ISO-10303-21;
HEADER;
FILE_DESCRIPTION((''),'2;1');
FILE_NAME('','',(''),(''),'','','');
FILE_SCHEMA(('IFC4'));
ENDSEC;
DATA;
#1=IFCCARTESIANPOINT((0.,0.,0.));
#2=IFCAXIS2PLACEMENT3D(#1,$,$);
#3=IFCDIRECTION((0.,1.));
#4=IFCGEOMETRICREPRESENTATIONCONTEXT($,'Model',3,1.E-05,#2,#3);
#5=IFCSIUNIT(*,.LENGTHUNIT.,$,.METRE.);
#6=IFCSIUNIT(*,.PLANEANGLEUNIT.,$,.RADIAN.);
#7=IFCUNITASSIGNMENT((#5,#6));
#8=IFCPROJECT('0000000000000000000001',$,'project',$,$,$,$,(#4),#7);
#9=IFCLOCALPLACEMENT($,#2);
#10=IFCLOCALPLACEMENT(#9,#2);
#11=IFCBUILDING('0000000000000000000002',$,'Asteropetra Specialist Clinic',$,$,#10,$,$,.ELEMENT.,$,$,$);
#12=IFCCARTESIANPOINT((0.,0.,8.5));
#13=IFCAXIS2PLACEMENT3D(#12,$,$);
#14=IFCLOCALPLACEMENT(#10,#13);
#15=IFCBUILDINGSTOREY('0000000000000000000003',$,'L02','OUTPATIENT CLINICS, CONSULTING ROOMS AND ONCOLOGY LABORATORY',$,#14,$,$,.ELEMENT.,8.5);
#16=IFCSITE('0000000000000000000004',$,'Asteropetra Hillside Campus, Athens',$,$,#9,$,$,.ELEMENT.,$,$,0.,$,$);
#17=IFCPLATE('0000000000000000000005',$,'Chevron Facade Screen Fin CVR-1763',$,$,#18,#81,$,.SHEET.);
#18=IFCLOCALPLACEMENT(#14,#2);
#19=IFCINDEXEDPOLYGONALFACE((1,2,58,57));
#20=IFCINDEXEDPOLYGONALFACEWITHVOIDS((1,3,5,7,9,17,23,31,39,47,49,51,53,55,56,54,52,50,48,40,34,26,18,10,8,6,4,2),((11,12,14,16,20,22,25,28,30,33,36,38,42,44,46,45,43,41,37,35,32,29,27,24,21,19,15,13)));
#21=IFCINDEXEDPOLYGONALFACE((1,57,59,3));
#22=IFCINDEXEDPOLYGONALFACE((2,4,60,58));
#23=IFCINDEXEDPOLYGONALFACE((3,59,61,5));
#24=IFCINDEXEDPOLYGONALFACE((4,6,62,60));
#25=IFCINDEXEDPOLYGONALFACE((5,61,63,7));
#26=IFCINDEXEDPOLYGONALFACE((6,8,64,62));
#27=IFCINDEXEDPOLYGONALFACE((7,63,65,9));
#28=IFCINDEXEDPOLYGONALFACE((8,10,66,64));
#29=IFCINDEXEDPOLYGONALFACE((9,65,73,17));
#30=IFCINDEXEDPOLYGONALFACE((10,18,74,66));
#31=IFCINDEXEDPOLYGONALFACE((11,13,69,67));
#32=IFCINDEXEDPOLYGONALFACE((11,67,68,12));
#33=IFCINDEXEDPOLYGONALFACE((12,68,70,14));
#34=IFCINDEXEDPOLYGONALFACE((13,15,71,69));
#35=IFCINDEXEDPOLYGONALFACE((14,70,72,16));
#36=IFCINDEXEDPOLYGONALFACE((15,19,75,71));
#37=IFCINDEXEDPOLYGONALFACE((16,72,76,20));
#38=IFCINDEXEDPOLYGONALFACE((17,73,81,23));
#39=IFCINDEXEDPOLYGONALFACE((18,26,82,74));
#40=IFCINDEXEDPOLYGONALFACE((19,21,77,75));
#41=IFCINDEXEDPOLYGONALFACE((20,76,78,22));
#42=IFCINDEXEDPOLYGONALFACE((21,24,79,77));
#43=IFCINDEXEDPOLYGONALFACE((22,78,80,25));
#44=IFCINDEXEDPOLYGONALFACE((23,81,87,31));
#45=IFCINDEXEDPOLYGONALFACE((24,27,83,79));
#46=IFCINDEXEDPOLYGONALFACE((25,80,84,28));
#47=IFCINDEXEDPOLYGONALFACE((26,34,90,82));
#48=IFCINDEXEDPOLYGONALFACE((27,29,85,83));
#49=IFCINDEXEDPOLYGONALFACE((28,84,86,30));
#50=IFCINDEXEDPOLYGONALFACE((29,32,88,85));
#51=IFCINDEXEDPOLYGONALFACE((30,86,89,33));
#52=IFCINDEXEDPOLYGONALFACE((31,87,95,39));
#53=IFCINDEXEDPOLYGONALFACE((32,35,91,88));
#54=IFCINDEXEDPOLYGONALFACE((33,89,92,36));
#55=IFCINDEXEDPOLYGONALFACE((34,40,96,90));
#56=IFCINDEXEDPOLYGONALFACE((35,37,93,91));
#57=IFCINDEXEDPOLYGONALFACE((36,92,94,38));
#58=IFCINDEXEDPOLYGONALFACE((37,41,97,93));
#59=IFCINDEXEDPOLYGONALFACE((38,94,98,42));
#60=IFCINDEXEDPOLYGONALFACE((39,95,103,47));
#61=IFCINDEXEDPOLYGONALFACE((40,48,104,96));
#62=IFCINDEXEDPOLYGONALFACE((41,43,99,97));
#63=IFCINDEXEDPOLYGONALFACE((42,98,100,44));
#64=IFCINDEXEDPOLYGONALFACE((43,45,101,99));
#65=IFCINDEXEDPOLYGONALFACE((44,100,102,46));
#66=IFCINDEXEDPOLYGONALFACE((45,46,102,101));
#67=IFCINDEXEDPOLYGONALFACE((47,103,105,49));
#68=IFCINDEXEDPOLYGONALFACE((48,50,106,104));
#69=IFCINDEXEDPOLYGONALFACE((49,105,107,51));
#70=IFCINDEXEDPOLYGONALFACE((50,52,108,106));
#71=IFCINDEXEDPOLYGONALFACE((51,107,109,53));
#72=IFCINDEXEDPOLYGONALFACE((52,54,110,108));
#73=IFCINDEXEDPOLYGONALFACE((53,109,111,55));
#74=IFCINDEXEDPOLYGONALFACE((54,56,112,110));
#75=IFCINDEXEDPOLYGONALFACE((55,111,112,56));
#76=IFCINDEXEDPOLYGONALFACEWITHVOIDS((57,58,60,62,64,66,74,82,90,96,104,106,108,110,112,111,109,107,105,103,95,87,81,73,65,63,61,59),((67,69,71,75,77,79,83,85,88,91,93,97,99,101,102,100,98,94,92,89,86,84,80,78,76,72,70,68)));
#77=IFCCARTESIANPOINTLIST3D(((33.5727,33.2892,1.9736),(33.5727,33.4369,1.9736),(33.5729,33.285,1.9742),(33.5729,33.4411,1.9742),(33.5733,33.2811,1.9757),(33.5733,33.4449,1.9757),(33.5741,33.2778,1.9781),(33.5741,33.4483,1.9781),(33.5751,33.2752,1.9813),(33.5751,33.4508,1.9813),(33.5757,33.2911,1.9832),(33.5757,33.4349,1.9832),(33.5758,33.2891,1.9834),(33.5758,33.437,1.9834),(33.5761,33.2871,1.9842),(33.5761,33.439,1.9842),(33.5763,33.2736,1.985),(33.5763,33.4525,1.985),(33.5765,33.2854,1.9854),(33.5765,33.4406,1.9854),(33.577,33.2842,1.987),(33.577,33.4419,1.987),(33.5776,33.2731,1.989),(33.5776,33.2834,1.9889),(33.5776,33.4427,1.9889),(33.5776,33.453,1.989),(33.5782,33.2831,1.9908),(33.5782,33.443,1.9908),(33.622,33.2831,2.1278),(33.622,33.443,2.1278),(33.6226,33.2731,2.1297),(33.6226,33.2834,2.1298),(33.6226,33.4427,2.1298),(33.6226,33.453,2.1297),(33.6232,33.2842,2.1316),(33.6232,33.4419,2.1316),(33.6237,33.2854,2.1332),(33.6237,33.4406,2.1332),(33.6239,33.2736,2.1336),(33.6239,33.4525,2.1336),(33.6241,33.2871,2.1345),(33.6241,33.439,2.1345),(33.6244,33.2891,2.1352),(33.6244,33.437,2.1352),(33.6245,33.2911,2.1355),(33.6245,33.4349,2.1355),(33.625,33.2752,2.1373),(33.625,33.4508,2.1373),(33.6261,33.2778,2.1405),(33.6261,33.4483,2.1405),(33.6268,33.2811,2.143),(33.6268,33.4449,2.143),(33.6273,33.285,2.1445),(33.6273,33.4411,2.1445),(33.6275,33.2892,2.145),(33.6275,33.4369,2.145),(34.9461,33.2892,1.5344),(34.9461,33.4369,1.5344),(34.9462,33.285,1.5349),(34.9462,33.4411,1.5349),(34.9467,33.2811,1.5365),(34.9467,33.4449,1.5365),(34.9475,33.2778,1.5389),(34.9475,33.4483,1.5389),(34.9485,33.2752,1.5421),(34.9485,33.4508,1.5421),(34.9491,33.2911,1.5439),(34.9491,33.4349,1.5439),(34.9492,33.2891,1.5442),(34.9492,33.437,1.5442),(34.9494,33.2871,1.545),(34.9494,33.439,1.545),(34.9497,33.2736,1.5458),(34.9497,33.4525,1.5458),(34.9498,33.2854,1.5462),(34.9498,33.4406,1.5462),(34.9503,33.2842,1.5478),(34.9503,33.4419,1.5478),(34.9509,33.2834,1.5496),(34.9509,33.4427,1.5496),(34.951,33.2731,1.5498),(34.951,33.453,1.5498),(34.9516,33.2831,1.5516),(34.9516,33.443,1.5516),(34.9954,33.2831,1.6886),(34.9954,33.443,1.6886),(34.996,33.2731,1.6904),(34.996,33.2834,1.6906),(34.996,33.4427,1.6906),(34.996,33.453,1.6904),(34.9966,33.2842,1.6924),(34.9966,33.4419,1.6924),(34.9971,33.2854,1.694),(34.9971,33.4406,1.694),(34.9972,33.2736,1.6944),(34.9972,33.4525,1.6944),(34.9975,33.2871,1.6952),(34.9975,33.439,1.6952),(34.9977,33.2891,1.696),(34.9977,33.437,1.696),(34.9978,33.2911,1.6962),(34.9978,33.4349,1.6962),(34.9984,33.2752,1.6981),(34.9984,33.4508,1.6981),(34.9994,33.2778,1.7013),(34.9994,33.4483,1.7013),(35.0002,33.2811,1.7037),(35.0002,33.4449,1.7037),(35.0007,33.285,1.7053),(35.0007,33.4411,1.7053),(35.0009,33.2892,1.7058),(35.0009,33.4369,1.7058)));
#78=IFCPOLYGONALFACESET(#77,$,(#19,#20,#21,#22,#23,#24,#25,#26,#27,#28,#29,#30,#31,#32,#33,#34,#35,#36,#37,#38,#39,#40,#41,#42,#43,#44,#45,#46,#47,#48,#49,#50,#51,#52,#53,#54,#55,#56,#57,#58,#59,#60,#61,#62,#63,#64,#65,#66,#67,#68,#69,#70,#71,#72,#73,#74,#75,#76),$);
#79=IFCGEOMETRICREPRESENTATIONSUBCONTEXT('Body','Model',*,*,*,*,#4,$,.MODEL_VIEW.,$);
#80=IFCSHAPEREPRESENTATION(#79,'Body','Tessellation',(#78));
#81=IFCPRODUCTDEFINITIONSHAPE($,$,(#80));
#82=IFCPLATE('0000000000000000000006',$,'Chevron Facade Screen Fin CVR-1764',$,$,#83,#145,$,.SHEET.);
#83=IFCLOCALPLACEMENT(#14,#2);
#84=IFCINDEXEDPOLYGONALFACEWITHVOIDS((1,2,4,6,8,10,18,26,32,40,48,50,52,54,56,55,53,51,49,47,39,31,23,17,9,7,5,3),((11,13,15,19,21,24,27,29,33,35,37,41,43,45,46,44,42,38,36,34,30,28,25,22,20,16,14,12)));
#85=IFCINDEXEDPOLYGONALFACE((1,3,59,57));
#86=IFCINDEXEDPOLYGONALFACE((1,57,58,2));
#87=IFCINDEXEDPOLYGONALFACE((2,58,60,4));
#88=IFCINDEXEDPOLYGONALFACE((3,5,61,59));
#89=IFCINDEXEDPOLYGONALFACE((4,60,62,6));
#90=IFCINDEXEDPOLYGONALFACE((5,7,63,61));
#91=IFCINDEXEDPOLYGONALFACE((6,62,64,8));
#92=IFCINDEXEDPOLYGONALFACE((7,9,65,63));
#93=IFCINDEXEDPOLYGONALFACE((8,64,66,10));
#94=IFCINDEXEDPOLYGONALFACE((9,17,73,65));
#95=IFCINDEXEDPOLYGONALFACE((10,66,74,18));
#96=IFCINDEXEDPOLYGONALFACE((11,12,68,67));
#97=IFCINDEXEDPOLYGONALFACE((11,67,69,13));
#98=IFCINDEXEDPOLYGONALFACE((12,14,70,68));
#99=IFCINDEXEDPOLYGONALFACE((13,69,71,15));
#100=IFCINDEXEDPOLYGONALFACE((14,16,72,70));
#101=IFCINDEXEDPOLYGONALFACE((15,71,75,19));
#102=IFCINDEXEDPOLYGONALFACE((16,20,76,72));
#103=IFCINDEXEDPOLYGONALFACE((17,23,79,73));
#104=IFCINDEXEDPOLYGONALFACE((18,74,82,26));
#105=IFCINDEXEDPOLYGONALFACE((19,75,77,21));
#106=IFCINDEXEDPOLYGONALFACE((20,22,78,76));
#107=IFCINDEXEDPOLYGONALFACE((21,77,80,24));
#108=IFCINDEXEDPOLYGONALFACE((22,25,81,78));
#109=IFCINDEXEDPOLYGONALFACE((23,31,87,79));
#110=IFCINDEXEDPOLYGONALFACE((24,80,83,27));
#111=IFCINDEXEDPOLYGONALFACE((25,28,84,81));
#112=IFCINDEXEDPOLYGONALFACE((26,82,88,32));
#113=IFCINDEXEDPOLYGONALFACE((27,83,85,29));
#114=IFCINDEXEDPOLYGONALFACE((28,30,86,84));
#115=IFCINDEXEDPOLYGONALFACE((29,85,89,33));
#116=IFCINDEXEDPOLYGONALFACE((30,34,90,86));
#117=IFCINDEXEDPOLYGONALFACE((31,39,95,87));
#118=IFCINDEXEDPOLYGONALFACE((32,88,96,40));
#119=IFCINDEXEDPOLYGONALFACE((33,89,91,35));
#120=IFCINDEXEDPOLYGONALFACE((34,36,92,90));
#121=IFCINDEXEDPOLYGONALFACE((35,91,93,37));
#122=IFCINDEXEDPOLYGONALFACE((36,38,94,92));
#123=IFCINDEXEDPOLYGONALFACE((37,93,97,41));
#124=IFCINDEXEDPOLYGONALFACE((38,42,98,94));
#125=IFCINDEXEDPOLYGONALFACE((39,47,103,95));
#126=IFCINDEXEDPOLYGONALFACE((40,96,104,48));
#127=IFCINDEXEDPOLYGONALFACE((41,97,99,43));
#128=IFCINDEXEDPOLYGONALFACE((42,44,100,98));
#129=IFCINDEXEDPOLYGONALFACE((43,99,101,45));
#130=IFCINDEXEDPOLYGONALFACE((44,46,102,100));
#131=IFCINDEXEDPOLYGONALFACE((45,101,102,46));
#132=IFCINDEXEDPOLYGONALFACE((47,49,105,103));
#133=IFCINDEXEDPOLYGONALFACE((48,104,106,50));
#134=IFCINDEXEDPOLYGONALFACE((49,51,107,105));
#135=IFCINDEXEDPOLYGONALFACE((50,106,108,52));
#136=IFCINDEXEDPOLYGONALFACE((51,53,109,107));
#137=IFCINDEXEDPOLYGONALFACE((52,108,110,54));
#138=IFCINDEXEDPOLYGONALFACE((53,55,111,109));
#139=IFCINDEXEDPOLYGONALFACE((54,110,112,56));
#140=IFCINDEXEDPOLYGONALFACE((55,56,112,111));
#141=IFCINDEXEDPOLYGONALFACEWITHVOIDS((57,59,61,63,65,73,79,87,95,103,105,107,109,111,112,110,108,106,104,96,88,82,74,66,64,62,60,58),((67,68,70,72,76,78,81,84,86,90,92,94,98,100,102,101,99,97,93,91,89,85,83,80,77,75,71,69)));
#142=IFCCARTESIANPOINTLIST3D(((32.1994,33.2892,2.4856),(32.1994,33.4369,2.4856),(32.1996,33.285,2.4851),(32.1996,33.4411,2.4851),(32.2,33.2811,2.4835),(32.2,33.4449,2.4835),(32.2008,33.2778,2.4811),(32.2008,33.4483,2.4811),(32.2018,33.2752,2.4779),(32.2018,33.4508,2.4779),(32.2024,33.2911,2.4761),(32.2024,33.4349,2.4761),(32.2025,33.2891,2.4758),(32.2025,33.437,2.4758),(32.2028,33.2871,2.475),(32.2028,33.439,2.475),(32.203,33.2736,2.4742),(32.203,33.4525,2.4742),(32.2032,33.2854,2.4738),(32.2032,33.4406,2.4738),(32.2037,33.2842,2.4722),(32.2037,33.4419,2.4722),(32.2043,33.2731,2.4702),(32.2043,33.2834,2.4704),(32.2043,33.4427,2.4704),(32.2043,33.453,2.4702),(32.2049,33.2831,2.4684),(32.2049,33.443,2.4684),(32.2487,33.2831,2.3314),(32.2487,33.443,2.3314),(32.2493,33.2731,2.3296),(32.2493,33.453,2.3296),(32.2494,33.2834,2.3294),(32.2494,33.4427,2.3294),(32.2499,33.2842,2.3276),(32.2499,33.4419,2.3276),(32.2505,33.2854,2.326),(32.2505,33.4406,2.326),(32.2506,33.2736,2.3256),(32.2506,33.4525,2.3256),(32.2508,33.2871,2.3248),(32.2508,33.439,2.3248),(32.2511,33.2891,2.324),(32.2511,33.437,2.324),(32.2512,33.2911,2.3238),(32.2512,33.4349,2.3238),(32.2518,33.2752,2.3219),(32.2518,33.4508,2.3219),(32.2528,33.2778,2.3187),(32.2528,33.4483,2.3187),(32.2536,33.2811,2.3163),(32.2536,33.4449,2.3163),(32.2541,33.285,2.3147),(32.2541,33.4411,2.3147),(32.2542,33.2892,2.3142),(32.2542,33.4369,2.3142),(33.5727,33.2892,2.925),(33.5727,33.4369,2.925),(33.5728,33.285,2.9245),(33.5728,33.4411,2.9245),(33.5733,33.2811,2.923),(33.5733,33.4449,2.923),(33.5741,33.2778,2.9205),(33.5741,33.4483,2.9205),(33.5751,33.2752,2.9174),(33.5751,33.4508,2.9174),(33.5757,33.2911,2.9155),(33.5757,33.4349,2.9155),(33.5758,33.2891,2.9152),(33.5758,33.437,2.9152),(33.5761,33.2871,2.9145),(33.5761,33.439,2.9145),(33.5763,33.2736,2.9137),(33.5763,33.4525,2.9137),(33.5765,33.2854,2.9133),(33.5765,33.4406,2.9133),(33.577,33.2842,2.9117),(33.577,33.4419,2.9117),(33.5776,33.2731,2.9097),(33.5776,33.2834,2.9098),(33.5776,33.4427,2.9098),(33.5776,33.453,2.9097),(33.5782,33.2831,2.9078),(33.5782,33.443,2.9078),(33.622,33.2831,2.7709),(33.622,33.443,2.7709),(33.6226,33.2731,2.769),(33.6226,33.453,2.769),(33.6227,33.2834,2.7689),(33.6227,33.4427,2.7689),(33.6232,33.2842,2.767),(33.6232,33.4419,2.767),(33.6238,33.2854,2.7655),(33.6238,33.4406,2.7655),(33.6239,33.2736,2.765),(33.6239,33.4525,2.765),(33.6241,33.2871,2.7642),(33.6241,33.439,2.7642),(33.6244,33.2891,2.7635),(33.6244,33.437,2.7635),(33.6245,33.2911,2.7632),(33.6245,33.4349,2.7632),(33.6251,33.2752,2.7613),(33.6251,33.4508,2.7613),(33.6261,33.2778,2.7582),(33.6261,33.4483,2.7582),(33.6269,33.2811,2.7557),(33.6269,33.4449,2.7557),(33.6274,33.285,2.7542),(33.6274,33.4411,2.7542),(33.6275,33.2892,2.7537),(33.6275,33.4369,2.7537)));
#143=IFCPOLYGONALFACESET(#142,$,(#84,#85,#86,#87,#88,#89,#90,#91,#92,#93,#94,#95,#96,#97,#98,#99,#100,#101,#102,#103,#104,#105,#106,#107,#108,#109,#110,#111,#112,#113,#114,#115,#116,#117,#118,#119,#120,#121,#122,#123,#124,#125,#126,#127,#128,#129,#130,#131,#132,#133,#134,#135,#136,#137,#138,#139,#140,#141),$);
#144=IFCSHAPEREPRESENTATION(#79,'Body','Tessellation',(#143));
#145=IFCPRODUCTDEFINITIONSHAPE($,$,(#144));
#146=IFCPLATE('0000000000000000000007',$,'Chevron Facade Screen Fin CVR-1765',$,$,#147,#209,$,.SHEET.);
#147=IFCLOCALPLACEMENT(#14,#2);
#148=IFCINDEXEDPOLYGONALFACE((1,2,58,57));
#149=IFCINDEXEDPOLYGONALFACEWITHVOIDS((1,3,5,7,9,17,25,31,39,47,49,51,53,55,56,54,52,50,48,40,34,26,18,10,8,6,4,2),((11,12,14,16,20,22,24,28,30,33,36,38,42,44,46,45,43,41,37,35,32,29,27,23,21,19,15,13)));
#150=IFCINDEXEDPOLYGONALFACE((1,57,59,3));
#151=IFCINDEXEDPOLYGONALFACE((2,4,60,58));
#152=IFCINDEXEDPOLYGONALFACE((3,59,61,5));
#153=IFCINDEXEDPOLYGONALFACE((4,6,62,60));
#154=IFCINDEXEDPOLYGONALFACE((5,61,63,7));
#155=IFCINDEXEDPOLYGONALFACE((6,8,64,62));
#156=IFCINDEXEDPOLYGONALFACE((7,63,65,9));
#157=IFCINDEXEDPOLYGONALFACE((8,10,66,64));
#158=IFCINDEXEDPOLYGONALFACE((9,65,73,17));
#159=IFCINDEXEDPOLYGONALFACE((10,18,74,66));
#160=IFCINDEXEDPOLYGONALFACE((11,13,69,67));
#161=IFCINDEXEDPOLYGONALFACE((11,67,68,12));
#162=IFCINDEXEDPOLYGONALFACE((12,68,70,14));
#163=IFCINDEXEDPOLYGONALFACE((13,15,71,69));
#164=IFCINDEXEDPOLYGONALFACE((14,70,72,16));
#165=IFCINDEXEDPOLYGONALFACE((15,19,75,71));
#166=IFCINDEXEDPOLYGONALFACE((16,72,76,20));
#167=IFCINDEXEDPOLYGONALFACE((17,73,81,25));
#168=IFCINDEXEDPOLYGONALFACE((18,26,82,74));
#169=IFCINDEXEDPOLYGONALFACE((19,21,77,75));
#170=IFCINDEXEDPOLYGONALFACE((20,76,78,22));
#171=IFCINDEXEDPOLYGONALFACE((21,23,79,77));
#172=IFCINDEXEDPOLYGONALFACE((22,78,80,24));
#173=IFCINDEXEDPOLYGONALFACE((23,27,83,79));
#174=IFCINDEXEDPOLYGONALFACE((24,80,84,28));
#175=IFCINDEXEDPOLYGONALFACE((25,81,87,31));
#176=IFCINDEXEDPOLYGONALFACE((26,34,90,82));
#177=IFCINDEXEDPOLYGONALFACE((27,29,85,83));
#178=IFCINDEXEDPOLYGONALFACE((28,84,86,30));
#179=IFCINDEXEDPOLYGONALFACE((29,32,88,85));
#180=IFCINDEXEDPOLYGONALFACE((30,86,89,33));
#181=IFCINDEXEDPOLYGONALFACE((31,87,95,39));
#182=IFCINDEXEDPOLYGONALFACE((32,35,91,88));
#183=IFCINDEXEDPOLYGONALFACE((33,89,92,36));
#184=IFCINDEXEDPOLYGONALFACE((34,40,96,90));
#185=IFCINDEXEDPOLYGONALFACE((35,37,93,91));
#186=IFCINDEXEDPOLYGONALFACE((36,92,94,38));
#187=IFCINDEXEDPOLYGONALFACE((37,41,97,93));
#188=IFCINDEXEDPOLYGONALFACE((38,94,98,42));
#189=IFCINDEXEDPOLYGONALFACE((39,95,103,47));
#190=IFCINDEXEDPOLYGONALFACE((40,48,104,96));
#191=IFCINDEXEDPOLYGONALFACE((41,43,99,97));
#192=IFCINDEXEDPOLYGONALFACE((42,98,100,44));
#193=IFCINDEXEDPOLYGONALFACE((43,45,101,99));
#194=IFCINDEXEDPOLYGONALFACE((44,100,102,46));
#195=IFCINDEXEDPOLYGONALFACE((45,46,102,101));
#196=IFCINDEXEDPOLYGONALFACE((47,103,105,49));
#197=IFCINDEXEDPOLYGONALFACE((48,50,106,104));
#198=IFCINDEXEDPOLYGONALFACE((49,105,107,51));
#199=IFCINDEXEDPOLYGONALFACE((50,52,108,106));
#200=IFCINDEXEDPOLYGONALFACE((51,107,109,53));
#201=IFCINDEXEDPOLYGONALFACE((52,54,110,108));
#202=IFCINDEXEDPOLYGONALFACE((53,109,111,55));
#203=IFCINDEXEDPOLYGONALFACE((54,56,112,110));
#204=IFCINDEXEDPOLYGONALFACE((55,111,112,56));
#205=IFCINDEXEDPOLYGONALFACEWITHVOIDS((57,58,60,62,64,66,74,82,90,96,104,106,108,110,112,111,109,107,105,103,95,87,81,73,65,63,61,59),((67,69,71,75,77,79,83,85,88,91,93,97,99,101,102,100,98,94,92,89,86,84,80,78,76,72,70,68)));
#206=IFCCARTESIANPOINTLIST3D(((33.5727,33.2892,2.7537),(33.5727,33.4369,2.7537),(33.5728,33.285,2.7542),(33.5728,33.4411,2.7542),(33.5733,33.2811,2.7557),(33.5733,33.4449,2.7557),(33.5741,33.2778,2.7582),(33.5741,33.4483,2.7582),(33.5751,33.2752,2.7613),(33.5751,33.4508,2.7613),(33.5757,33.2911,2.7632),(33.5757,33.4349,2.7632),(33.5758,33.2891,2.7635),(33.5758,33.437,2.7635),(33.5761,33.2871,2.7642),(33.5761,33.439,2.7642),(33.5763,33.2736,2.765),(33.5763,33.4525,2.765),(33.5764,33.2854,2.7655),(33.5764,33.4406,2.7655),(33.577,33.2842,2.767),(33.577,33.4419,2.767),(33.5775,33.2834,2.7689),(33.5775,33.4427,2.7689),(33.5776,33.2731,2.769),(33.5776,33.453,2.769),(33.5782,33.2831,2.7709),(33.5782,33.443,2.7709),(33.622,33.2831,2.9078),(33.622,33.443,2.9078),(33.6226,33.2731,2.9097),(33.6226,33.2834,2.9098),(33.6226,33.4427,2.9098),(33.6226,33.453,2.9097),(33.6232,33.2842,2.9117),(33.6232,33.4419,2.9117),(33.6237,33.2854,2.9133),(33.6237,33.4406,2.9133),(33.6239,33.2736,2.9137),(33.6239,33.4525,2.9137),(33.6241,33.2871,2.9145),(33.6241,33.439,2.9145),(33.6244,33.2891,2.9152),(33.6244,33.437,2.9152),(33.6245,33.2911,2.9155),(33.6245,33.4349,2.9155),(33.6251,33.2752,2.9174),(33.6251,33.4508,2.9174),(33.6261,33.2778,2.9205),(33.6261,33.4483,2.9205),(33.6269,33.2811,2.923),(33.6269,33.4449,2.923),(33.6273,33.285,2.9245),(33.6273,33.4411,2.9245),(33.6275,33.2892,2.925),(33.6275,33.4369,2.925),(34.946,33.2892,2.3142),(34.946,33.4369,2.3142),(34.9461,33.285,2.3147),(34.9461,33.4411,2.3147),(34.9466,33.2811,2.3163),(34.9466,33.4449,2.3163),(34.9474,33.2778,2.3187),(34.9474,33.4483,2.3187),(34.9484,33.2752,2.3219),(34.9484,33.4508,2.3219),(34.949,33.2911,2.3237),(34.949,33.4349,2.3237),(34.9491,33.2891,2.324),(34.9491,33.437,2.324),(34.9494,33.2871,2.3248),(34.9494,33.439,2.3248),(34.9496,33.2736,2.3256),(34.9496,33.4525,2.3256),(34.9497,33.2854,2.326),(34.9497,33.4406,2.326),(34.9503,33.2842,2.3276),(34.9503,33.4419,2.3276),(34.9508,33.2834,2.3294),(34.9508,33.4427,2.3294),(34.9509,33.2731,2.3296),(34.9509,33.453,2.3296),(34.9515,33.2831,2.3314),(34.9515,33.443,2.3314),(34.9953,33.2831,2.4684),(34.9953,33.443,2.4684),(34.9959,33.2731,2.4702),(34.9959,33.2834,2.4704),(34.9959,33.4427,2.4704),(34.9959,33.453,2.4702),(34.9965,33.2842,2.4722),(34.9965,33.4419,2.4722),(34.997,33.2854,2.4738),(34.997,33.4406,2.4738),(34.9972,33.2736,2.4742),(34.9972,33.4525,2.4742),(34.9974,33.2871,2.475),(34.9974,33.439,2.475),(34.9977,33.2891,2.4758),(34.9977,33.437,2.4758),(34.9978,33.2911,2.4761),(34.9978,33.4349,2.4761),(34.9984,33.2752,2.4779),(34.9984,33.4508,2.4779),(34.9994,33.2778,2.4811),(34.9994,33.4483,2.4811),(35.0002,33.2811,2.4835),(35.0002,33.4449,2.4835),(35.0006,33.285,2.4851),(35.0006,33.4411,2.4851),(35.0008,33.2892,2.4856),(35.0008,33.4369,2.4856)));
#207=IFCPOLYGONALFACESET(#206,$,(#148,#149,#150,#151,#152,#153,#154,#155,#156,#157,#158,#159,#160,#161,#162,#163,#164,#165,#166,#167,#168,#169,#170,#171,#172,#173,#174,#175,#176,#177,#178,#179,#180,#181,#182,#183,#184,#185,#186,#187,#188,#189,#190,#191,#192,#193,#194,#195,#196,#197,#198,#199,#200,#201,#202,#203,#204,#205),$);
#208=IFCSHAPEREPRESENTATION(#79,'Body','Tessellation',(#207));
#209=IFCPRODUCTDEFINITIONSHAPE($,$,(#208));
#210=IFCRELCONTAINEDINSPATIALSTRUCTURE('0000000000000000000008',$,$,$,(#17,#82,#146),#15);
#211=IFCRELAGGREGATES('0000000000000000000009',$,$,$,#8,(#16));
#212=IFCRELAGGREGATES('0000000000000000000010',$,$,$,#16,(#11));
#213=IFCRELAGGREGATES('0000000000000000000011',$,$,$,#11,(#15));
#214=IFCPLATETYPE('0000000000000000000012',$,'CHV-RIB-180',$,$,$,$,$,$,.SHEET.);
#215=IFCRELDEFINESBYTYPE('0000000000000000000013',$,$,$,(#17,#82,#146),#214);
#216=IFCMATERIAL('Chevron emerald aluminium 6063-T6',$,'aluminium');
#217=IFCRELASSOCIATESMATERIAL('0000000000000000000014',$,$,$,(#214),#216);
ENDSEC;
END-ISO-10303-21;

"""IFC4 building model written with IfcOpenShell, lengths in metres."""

from ifc_helpers import new_model, si_unit, direction, frame, origin, origin_2d, place, context, subcontext, project, spatial, hollow_rectangle, extrude, material, material_profile, profile_set, type_object, element, save


model = new_model("IFC4")

# Units and contexts
model_context = context("Model", 3, precision=1e-05, world=origin(), true_north=direction((0.0, 1.0)))
body_context = subcontext(model_context, "Body", "Model", "MODEL_VIEW")
ifc_project = project(units=[si_unit("LENGTHUNIT", "METRE"), si_unit("PLANEANGLEUNIT", "RADIAN")], contexts=[model_context])

# Site, building, storey
site_placement = place(None, origin())
site = spatial("IfcSite", under=ifc_project, at=site_placement, Name="Asteropetra Hillside Campus, Athens", CompositionType="ELEMENT", RefElevation=0.0)
building_placement = place(site_placement, origin())
building = spatial("IfcBuilding", under=site, at=building_placement, Name="Asteropetra Specialist Clinic", CompositionType="ELEMENT")
storey_placement = place(building_placement, frame((0.0, 0.0, 8.5)))
storey = spatial("IfcBuildingStorey", under=building, at=storey_placement, Name="L02", Description="OUTPATIENT CLINICS, CONSULTING ROOMS AND ONCOLOGY LABORATORY", CompositionType="ELEMENT", Elevation=8.5)

# Plates
ifc_material_1 = material(Name="Chevron emerald aluminium 6063-T6", Category="aluminium")
ifc_material_profile_1 = material_profile(ifc_material_1, hollow_rectangle(XDim=0.1799, YDim=0.1799, WallThickness=0.01, InnerFilletRadius=0.0081, OuterFilletRadius=0.0161, at=origin_2d()), Name="SHS 180x180x10.0")
ifc_profile_set_1 = profile_set([ifc_material_profile_1], Name="Chevron emerald aluminium 6063-T6")
plate_type_1 = type_object("IfcPlateType", Name="CHV-RIB-180", PredefinedType="SHEET", material=ifc_profile_set_1)
for number, where, z_axis, x_axis, name in (
    (1, (33.6001, 33.363, 2.0593), (0.952473, 0.0, -0.304622), (0.0, 1.0, 0.0), "Chevron Facade Screen Fin CVR-1763"),
    (2, (32.2268, 33.363, 2.3999), (0.952424, 0.0, 0.304776), (0.0, 1.0, 0.0), "Chevron Facade Screen Fin CVR-1764"),
    (3, (33.6001, 33.363, 2.8394), (0.952424, 0.0, -0.304776), (0.0, 1.0, 0.0), "Chevron Facade Screen Fin CVR-1765"),
):
    element("IfcPlate", number, at=place(storey_placement, frame(where, z_axis=z_axis, x_axis=x_axis)), inside=storey, type_object=plate_type_1, Name=name, PredefinedType="SHEET", context=body_context, shape_type="SweptSolid", body=[
        extrude(hollow_rectangle(XDim=0.1799, YDim=0.1799, WallThickness=0.01, InnerFilletRadius=0.0081, OuterFilletRadius=0.0161, at=origin_2d()), origin(), (0.0, 0.0, 1.0), 1.4419),
    ])

save(model, "model.ifc")
